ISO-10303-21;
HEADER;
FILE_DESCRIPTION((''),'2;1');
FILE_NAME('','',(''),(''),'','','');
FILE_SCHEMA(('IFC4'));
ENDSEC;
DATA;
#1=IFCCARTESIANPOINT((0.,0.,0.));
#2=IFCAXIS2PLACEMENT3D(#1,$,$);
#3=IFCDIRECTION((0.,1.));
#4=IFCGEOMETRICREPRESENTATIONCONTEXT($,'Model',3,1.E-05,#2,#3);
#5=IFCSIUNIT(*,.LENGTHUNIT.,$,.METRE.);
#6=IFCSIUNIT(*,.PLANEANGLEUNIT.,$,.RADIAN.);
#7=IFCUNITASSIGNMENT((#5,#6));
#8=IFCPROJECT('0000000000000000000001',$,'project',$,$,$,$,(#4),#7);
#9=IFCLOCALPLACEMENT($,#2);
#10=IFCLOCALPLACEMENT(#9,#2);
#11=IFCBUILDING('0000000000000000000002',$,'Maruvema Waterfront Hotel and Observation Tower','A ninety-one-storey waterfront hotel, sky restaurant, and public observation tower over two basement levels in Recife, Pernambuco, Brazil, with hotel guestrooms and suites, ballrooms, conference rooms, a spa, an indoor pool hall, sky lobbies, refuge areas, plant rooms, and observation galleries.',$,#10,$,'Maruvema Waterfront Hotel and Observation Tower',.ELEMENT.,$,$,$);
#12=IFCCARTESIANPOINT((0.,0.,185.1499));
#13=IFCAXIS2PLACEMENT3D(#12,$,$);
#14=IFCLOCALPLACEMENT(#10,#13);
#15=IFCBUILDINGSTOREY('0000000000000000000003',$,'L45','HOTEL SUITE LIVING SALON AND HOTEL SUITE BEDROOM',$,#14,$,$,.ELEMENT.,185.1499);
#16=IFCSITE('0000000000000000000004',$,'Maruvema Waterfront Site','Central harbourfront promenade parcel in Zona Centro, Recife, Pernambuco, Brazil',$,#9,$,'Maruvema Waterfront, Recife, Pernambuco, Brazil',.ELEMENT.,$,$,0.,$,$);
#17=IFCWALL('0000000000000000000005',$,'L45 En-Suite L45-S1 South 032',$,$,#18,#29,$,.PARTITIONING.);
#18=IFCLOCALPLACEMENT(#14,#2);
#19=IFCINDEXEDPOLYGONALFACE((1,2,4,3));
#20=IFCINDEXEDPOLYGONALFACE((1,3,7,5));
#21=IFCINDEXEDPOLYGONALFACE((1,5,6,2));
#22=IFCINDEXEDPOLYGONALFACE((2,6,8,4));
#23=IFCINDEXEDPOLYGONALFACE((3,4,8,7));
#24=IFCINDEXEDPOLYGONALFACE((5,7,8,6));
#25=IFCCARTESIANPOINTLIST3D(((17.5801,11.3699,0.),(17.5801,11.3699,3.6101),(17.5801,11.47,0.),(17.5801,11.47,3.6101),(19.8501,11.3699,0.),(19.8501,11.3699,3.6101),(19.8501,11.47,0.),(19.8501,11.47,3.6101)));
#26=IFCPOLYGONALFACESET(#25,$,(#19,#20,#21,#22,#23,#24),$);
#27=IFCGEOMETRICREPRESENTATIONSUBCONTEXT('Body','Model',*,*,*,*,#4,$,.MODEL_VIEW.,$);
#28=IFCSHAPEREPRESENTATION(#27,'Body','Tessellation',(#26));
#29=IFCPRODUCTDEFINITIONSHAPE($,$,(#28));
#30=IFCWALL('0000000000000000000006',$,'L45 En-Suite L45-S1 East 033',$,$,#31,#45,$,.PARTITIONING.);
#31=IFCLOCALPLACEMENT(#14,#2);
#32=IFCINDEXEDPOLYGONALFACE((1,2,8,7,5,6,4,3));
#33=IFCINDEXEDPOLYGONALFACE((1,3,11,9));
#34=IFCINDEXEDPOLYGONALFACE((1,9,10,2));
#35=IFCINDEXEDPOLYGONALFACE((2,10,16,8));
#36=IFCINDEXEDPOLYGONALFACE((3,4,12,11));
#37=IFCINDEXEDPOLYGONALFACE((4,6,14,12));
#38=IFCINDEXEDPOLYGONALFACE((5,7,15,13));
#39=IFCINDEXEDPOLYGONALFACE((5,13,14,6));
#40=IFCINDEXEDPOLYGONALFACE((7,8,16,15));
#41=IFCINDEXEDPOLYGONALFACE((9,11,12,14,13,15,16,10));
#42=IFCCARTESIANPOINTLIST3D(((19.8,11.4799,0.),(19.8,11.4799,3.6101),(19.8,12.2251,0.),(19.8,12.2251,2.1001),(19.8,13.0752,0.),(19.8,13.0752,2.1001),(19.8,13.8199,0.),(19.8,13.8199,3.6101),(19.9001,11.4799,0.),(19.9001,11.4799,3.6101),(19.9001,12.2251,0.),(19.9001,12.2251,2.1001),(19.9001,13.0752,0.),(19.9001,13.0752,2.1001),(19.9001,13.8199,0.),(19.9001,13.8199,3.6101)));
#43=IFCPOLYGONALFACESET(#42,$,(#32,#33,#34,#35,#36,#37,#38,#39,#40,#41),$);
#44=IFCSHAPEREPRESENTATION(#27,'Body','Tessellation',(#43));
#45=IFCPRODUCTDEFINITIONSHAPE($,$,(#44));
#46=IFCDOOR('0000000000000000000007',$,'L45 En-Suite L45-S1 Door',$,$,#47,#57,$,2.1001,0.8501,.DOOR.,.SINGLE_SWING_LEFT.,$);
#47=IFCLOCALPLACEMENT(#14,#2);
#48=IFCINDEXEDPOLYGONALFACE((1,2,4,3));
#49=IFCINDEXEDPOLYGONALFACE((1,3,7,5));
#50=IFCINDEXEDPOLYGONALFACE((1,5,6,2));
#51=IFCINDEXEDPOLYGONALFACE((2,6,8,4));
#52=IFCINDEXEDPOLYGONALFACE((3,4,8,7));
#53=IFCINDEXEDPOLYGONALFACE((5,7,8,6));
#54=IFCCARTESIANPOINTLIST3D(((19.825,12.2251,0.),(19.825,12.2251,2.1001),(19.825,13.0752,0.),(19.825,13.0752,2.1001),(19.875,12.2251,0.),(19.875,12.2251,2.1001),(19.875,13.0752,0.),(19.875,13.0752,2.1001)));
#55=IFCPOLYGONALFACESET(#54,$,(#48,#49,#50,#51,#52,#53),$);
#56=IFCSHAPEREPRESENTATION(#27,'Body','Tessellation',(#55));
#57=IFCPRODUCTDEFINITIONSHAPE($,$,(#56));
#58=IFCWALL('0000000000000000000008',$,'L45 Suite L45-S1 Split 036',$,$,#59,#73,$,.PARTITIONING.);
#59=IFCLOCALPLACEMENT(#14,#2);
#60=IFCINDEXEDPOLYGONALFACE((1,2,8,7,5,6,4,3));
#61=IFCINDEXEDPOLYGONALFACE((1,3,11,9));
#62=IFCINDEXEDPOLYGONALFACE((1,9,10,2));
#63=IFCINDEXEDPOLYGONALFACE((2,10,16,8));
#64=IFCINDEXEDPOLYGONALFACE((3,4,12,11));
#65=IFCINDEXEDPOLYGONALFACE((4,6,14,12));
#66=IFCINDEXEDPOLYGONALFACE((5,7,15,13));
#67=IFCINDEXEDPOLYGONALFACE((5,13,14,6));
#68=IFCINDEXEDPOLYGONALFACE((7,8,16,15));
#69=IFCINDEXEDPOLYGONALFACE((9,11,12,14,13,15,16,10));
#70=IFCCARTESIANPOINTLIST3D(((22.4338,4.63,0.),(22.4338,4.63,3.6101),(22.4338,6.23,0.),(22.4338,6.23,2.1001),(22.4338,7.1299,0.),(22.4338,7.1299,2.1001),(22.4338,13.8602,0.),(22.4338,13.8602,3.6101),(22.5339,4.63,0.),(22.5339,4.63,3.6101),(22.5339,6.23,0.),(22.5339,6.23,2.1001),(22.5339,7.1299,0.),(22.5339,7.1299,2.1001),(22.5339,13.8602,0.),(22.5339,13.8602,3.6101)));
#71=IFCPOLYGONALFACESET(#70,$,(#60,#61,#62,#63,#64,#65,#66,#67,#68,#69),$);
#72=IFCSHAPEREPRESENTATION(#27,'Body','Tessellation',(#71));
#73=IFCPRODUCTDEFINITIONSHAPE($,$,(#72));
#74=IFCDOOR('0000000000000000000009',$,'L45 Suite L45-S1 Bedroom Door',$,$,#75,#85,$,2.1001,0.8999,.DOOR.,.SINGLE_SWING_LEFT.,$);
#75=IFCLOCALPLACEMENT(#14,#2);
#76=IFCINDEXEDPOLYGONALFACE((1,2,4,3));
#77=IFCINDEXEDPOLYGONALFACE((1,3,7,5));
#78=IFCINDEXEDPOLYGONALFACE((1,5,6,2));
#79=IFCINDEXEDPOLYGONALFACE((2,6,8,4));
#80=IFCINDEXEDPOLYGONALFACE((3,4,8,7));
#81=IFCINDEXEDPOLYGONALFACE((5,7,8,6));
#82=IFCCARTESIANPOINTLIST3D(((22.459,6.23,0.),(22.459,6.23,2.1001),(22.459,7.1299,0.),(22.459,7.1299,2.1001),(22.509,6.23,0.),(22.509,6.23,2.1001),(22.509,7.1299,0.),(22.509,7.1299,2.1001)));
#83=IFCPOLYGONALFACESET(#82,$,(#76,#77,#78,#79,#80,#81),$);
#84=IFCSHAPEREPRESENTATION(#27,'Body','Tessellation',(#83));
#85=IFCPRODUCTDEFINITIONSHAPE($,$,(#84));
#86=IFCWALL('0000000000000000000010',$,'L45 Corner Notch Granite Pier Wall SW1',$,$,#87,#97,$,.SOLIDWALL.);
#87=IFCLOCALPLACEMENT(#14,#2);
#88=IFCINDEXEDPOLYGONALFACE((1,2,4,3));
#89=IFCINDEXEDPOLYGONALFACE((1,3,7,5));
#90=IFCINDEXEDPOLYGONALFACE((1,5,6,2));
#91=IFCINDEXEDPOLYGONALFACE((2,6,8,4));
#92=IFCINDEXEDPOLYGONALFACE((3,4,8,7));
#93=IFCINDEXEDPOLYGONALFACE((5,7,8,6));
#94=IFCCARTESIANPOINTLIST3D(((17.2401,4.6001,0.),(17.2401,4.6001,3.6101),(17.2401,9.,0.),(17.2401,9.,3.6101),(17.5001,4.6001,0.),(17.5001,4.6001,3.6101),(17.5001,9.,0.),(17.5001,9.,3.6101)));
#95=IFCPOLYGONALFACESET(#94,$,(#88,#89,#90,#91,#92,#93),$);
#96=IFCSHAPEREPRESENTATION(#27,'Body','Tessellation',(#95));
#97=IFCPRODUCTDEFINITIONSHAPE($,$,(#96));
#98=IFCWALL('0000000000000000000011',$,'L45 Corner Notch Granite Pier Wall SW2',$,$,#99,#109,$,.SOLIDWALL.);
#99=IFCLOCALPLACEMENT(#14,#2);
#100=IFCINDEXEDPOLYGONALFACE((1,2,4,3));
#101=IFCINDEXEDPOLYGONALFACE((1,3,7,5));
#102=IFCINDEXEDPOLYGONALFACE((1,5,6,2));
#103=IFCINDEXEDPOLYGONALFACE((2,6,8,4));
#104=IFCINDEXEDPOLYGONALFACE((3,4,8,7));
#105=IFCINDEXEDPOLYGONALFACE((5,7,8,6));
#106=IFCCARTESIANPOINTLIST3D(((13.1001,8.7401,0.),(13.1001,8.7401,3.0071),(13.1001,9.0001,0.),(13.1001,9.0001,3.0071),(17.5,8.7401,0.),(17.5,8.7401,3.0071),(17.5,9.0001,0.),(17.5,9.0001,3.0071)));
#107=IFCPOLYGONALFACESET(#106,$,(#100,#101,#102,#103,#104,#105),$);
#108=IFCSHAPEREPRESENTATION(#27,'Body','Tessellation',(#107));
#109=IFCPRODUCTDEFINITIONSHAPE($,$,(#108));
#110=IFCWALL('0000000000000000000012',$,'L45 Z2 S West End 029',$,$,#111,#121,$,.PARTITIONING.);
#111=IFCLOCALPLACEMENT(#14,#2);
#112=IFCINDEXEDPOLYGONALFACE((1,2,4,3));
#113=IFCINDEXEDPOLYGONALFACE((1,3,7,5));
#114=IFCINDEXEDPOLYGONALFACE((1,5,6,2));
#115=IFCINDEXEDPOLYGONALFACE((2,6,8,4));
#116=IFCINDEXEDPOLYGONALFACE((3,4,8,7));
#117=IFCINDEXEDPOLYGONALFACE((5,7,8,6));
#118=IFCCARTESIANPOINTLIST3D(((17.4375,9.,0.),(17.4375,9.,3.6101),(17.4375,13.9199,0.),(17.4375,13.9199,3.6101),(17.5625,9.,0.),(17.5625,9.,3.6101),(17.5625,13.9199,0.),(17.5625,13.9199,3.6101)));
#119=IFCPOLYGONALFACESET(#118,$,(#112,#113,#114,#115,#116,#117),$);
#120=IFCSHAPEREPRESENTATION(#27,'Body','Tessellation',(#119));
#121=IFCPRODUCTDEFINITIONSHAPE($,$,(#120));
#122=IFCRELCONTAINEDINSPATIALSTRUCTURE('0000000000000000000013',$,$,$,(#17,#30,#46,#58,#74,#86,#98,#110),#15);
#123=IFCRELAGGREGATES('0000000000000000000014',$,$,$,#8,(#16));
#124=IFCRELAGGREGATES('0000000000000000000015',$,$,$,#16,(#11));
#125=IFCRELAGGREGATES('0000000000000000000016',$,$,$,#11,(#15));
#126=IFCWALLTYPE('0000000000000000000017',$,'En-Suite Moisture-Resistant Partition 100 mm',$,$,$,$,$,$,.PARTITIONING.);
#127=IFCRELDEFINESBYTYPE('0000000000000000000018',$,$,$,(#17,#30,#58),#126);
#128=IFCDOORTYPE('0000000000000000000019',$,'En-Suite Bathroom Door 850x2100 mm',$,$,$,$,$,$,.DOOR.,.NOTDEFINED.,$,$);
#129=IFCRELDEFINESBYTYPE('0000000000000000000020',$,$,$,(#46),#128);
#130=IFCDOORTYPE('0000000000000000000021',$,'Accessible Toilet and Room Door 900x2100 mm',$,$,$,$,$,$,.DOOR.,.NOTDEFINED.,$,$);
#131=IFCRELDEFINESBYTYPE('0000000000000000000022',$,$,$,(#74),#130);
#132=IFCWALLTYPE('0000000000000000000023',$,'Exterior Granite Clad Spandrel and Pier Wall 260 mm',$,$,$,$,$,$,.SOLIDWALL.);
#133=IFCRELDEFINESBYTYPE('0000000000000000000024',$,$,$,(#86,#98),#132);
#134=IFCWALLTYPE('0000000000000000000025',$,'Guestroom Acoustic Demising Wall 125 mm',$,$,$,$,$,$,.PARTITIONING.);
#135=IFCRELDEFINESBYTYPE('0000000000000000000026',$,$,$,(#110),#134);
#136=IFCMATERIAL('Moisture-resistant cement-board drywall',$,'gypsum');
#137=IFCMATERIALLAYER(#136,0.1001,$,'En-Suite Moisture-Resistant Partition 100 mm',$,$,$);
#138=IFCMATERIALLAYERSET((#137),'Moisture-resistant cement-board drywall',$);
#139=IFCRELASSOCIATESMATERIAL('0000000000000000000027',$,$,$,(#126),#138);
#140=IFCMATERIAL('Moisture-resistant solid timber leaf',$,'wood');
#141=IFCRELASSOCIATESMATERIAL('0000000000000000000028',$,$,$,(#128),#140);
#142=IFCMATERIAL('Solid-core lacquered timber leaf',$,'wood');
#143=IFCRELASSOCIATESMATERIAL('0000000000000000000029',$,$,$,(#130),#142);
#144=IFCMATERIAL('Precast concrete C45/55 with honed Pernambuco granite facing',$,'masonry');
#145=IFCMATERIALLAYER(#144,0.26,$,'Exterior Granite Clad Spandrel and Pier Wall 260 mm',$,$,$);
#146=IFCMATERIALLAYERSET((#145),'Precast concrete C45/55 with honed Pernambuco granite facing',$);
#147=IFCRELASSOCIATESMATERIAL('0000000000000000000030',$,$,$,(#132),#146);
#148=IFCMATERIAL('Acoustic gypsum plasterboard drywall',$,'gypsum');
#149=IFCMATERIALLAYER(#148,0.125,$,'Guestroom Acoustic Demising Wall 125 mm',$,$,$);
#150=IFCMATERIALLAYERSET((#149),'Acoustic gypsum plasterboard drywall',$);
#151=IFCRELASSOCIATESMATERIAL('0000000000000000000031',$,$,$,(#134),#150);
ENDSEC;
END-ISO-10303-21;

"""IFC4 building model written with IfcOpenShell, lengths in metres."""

from ifc_helpers import new_model, si_unit, direction, frame, frame_2d, origin, place, context, subcontext, project, spatial, rectangle, extrude, material, layer, layer_set, type_object, element, fill, save


model = new_model("IFC4")

# Units and contexts
model_context = context("Model", 3, precision=1e-05, world=origin(), true_north=direction((0.0, 1.0)))
body_context = subcontext(model_context, "Body", "Model", "MODEL_VIEW")
ifc_project = project(units=[si_unit("LENGTHUNIT", "METRE"), si_unit("PLANEANGLEUNIT", "RADIAN")], contexts=[model_context])

# Site, building, storey
site_placement = place(None, origin())
site = spatial("IfcSite", under=ifc_project, at=site_placement, Name="Maruvema Waterfront Site", Description="Central harbourfront promenade parcel in Zona Centro, Recife, Pernambuco, Brazil", LongName="Maruvema Waterfront, Recife, Pernambuco, Brazil", CompositionType="ELEMENT", RefElevation=0.0)
building_placement = place(site_placement, origin())
building = spatial("IfcBuilding", under=site, at=building_placement, Name="Maruvema Waterfront Hotel and Observation Tower", Description="A ninety-one-storey waterfront hotel, sky restaurant, and public observation tower over two basement levels in Recife, Pernambuco, Brazil, with hotel guestrooms and suites, ballrooms, conference rooms, a spa, an indoor pool hall, sky lobbies, refuge areas, plant rooms, and observation galleries.", LongName="Maruvema Waterfront Hotel and Observation Tower", CompositionType="ELEMENT")
storey_placement = place(building_placement, frame((0.0, 0.0, 185.1499)))
storey = spatial("IfcBuildingStorey", under=building, at=storey_placement, Name="L45", Description="HOTEL SUITE LIVING SALON AND HOTEL SUITE BEDROOM", CompositionType="ELEMENT", Elevation=185.1499)

# Wall
ifc_material_1 = material(Name="Moisture-resistant cement-board drywall", Category="gypsum")
ifc_layer_1 = layer(ifc_material_1, 0.1001, Name="En-Suite Moisture-Resistant Partition 100 mm")
ifc_layer_set_1 = layer_set([ifc_layer_1], Name="Moisture-resistant cement-board drywall")
wall_type_1 = type_object("IfcWallType", Name="En-Suite Moisture-Resistant Partition 100 mm", PredefinedType="PARTITIONING", material=ifc_layer_set_1)
wall_1_placement = place(storey_placement, frame((17.5801, 11.4199, 0.0), z_axis=(0.0, 0.0, 1.0), x_axis=(1.0, 0.0, 0.0)))
element("IfcWall", 1, at=wall_1_placement, inside=storey, type_object=wall_type_1, Name="L45 En-Suite L45-S1 South 032", PredefinedType="PARTITIONING", context=body_context, shape_type="SweptSolid", body=[
    extrude(rectangle(XDim=2.27, YDim=0.1001, at=frame_2d((1.135, 0.0))), origin(), (0.0, 0.0, 1.0), 3.6101),
])

# Walls, openings, doors
wall_2_placement = place(storey_placement, frame((19.8501, 11.48, 0.0), z_axis=(0.0, 0.0, 1.0), x_axis=(0.0, 1.0, 0.0)))
wall_2 = element("IfcWall", 2, at=wall_2_placement, inside=storey, type_object=wall_type_1, Name="L45 En-Suite L45-S1 East 033", PredefinedType="PARTITIONING", context=body_context, shape_type="SweptSolid", body=[
    extrude(rectangle(XDim=2.3401, YDim=0.1001, at=frame_2d((1.1699, 0.0))), origin(), (0.0, 0.0, 1.0), 3.6101),
])
opening_1_placement = place(wall_2_placement, frame((0.7451, 0.0, 0.0)))
opening_1 = element("IfcOpeningElement", 3, at=opening_1_placement, cuts=wall_2, PredefinedType="OPENING", context=body_context, shape_type="SweptSolid", body=[
    extrude(rectangle(XDim=0.8501, YDim=2.1001, at=frame_2d((0.425, 1.05))), frame((0.0, 0.0601, 0.0), z_axis=(0.0, -1.0, 0.0), x_axis=(1.0, 0.0, 0.0)), (0.0, 0.0, 1.0), 0.1201),
])
ifc_material_2 = material(Name="Moisture-resistant solid timber leaf", Category="wood")
door_type_1 = type_object("IfcDoorType", Name="En-Suite Bathroom Door 850x2100 mm", OperationType="NOTDEFINED", PredefinedType="DOOR", material=ifc_material_2)
door_1_placement = place(opening_1_placement, frame((0.8501, 0.0, 0.0), z_axis=(0.0, 0.0, 1.0), x_axis=(-1.0, 0.0, 0.0)))
door_1 = element("IfcDoor", 4, at=door_1_placement, inside=storey, type_object=door_type_1, Name="L45 En-Suite L45-S1 Door", OperationType="SINGLE_SWING_LEFT", OverallHeight=2.1001, OverallWidth=0.8501, PredefinedType="DOOR", context=body_context, shape_type="SweptSolid", body=[
    extrude(rectangle(XDim=0.8501, YDim=2.1001, at=frame_2d((0.425, 1.05))), frame((0.0, 0.0249, 0.0), z_axis=(0.0, -1.0, 0.0), x_axis=(1.0, 0.0, 0.0)), (0.0, 0.0, 1.0), 0.05),
])
fill(opening_1, door_1)
wall_3_placement = place(storey_placement, frame((22.4839, 4.6299, 0.0), z_axis=(0.0, 0.0, 1.0), x_axis=(0.0, 1.0, 0.0)))
wall_3 = element("IfcWall", 5, at=wall_3_placement, inside=storey, type_object=wall_type_1, Name="L45 Suite L45-S1 Split 036", PredefinedType="PARTITIONING", context=body_context, shape_type="SweptSolid", body=[
    extrude(rectangle(XDim=9.2302, YDim=0.1001, at=frame_2d((4.6152, 0.0))), origin(), (0.0, 0.0, 1.0), 3.6101),
])
opening_2_placement = place(wall_3_placement, frame((1.6001, 0.0, 0.0)))
opening_2 = element("IfcOpeningElement", 6, at=opening_2_placement, cuts=wall_3, PredefinedType="OPENING", context=body_context, shape_type="SweptSolid", body=[
    extrude(rectangle(XDim=0.8999, YDim=2.1001, at=frame_2d((0.45, 1.05))), frame((0.0, 0.0601, 0.0), z_axis=(0.0, -1.0, 0.0), x_axis=(1.0, 0.0, 0.0)), (0.0, 0.0, 1.0), 0.1201),
])
ifc_material_3 = material(Name="Solid-core lacquered timber leaf", Category="wood")
door_type_2 = type_object("IfcDoorType", Name="Accessible Toilet and Room Door 900x2100 mm", OperationType="NOTDEFINED", PredefinedType="DOOR", material=ifc_material_3)
door_2_placement = place(opening_2_placement, origin())
door_2 = element("IfcDoor", 7, at=door_2_placement, inside=storey, type_object=door_type_2, Name="L45 Suite L45-S1 Bedroom Door", OperationType="SINGLE_SWING_LEFT", OverallHeight=2.1001, OverallWidth=0.8999, PredefinedType="DOOR", context=body_context, shape_type="SweptSolid", body=[
    extrude(rectangle(XDim=0.8999, YDim=2.1001, at=frame_2d((0.45, 1.05))), frame((0.0, 0.0249, 0.0), z_axis=(0.0, -1.0, 0.0), x_axis=(1.0, 0.0, 0.0)), (0.0, 0.0, 1.0), 0.05),
])
fill(opening_2, door_2)

# Walls
ifc_material_4 = material(Name="Precast concrete C45/55 with honed Pernambuco granite facing", Category="masonry")
ifc_layer_2 = layer(ifc_material_4, 0.26, Name="Exterior Granite Clad Spandrel and Pier Wall 260 mm")
ifc_layer_set_2 = layer_set([ifc_layer_2], Name="Precast concrete C45/55 with honed Pernambuco granite facing")
wall_type_2 = type_object("IfcWallType", Name="Exterior Granite Clad Spandrel and Pier Wall 260 mm", PredefinedType="SOLIDWALL", material=ifc_layer_set_2)
wall_4_placement = place(storey_placement, frame((17.3701, 4.6001, 0.0), z_axis=(0.0, 0.0, 1.0), x_axis=(0.0, 1.0, 0.0)))
element("IfcWall", 8, at=wall_4_placement, inside=storey, type_object=wall_type_2, Name="L45 Corner Notch Granite Pier Wall SW1", PredefinedType="SOLIDWALL", context=body_context, shape_type="SweptSolid", body=[
    extrude(rectangle(XDim=4.3999, YDim=0.26, at=frame_2d((2.2, 0.0))), origin(), (0.0, 0.0, 1.0), 3.6101),
])
wall_5_placement = place(storey_placement, frame((17.5, 8.8701, 0.0), z_axis=(0.0, 0.0, 1.0), x_axis=(-1.0, 0.0, 0.0)))
element("IfcWall", 9, at=wall_5_placement, inside=storey, type_object=wall_type_2, Name="L45 Corner Notch Granite Pier Wall SW2", PredefinedType="SOLIDWALL", context=body_context, shape_type="SweptSolid", body=[
    extrude(rectangle(XDim=4.3999, YDim=0.26, at=frame_2d((2.2, 0.0))), origin(), (0.0, 0.0, 1.0), 3.0071),
])
ifc_material_5 = material(Name="Acoustic gypsum plasterboard drywall", Category="gypsum")
ifc_layer_3 = layer(ifc_material_5, 0.125, Name="Guestroom Acoustic Demising Wall 125 mm")
ifc_layer_set_3 = layer_set([ifc_layer_3], Name="Acoustic gypsum plasterboard drywall")
wall_type_3 = type_object("IfcWallType", Name="Guestroom Acoustic Demising Wall 125 mm", PredefinedType="PARTITIONING", material=ifc_layer_set_3)
wall_6_placement = place(storey_placement, frame((17.5, 9.0, 0.0), z_axis=(0.0, 0.0, 1.0), x_axis=(0.0, 1.0, 0.0)))
element("IfcWall", 10, at=wall_6_placement, inside=storey, type_object=wall_type_3, Name="L45 Z2 S West End 029", PredefinedType="PARTITIONING", context=body_context, shape_type="SweptSolid", body=[
    extrude(rectangle(XDim=4.9199, YDim=0.125, at=frame_2d((2.46, 0.0))), origin(), (0.0, 0.0, 1.0), 3.6101),
])

save(model, "model.ifc")
